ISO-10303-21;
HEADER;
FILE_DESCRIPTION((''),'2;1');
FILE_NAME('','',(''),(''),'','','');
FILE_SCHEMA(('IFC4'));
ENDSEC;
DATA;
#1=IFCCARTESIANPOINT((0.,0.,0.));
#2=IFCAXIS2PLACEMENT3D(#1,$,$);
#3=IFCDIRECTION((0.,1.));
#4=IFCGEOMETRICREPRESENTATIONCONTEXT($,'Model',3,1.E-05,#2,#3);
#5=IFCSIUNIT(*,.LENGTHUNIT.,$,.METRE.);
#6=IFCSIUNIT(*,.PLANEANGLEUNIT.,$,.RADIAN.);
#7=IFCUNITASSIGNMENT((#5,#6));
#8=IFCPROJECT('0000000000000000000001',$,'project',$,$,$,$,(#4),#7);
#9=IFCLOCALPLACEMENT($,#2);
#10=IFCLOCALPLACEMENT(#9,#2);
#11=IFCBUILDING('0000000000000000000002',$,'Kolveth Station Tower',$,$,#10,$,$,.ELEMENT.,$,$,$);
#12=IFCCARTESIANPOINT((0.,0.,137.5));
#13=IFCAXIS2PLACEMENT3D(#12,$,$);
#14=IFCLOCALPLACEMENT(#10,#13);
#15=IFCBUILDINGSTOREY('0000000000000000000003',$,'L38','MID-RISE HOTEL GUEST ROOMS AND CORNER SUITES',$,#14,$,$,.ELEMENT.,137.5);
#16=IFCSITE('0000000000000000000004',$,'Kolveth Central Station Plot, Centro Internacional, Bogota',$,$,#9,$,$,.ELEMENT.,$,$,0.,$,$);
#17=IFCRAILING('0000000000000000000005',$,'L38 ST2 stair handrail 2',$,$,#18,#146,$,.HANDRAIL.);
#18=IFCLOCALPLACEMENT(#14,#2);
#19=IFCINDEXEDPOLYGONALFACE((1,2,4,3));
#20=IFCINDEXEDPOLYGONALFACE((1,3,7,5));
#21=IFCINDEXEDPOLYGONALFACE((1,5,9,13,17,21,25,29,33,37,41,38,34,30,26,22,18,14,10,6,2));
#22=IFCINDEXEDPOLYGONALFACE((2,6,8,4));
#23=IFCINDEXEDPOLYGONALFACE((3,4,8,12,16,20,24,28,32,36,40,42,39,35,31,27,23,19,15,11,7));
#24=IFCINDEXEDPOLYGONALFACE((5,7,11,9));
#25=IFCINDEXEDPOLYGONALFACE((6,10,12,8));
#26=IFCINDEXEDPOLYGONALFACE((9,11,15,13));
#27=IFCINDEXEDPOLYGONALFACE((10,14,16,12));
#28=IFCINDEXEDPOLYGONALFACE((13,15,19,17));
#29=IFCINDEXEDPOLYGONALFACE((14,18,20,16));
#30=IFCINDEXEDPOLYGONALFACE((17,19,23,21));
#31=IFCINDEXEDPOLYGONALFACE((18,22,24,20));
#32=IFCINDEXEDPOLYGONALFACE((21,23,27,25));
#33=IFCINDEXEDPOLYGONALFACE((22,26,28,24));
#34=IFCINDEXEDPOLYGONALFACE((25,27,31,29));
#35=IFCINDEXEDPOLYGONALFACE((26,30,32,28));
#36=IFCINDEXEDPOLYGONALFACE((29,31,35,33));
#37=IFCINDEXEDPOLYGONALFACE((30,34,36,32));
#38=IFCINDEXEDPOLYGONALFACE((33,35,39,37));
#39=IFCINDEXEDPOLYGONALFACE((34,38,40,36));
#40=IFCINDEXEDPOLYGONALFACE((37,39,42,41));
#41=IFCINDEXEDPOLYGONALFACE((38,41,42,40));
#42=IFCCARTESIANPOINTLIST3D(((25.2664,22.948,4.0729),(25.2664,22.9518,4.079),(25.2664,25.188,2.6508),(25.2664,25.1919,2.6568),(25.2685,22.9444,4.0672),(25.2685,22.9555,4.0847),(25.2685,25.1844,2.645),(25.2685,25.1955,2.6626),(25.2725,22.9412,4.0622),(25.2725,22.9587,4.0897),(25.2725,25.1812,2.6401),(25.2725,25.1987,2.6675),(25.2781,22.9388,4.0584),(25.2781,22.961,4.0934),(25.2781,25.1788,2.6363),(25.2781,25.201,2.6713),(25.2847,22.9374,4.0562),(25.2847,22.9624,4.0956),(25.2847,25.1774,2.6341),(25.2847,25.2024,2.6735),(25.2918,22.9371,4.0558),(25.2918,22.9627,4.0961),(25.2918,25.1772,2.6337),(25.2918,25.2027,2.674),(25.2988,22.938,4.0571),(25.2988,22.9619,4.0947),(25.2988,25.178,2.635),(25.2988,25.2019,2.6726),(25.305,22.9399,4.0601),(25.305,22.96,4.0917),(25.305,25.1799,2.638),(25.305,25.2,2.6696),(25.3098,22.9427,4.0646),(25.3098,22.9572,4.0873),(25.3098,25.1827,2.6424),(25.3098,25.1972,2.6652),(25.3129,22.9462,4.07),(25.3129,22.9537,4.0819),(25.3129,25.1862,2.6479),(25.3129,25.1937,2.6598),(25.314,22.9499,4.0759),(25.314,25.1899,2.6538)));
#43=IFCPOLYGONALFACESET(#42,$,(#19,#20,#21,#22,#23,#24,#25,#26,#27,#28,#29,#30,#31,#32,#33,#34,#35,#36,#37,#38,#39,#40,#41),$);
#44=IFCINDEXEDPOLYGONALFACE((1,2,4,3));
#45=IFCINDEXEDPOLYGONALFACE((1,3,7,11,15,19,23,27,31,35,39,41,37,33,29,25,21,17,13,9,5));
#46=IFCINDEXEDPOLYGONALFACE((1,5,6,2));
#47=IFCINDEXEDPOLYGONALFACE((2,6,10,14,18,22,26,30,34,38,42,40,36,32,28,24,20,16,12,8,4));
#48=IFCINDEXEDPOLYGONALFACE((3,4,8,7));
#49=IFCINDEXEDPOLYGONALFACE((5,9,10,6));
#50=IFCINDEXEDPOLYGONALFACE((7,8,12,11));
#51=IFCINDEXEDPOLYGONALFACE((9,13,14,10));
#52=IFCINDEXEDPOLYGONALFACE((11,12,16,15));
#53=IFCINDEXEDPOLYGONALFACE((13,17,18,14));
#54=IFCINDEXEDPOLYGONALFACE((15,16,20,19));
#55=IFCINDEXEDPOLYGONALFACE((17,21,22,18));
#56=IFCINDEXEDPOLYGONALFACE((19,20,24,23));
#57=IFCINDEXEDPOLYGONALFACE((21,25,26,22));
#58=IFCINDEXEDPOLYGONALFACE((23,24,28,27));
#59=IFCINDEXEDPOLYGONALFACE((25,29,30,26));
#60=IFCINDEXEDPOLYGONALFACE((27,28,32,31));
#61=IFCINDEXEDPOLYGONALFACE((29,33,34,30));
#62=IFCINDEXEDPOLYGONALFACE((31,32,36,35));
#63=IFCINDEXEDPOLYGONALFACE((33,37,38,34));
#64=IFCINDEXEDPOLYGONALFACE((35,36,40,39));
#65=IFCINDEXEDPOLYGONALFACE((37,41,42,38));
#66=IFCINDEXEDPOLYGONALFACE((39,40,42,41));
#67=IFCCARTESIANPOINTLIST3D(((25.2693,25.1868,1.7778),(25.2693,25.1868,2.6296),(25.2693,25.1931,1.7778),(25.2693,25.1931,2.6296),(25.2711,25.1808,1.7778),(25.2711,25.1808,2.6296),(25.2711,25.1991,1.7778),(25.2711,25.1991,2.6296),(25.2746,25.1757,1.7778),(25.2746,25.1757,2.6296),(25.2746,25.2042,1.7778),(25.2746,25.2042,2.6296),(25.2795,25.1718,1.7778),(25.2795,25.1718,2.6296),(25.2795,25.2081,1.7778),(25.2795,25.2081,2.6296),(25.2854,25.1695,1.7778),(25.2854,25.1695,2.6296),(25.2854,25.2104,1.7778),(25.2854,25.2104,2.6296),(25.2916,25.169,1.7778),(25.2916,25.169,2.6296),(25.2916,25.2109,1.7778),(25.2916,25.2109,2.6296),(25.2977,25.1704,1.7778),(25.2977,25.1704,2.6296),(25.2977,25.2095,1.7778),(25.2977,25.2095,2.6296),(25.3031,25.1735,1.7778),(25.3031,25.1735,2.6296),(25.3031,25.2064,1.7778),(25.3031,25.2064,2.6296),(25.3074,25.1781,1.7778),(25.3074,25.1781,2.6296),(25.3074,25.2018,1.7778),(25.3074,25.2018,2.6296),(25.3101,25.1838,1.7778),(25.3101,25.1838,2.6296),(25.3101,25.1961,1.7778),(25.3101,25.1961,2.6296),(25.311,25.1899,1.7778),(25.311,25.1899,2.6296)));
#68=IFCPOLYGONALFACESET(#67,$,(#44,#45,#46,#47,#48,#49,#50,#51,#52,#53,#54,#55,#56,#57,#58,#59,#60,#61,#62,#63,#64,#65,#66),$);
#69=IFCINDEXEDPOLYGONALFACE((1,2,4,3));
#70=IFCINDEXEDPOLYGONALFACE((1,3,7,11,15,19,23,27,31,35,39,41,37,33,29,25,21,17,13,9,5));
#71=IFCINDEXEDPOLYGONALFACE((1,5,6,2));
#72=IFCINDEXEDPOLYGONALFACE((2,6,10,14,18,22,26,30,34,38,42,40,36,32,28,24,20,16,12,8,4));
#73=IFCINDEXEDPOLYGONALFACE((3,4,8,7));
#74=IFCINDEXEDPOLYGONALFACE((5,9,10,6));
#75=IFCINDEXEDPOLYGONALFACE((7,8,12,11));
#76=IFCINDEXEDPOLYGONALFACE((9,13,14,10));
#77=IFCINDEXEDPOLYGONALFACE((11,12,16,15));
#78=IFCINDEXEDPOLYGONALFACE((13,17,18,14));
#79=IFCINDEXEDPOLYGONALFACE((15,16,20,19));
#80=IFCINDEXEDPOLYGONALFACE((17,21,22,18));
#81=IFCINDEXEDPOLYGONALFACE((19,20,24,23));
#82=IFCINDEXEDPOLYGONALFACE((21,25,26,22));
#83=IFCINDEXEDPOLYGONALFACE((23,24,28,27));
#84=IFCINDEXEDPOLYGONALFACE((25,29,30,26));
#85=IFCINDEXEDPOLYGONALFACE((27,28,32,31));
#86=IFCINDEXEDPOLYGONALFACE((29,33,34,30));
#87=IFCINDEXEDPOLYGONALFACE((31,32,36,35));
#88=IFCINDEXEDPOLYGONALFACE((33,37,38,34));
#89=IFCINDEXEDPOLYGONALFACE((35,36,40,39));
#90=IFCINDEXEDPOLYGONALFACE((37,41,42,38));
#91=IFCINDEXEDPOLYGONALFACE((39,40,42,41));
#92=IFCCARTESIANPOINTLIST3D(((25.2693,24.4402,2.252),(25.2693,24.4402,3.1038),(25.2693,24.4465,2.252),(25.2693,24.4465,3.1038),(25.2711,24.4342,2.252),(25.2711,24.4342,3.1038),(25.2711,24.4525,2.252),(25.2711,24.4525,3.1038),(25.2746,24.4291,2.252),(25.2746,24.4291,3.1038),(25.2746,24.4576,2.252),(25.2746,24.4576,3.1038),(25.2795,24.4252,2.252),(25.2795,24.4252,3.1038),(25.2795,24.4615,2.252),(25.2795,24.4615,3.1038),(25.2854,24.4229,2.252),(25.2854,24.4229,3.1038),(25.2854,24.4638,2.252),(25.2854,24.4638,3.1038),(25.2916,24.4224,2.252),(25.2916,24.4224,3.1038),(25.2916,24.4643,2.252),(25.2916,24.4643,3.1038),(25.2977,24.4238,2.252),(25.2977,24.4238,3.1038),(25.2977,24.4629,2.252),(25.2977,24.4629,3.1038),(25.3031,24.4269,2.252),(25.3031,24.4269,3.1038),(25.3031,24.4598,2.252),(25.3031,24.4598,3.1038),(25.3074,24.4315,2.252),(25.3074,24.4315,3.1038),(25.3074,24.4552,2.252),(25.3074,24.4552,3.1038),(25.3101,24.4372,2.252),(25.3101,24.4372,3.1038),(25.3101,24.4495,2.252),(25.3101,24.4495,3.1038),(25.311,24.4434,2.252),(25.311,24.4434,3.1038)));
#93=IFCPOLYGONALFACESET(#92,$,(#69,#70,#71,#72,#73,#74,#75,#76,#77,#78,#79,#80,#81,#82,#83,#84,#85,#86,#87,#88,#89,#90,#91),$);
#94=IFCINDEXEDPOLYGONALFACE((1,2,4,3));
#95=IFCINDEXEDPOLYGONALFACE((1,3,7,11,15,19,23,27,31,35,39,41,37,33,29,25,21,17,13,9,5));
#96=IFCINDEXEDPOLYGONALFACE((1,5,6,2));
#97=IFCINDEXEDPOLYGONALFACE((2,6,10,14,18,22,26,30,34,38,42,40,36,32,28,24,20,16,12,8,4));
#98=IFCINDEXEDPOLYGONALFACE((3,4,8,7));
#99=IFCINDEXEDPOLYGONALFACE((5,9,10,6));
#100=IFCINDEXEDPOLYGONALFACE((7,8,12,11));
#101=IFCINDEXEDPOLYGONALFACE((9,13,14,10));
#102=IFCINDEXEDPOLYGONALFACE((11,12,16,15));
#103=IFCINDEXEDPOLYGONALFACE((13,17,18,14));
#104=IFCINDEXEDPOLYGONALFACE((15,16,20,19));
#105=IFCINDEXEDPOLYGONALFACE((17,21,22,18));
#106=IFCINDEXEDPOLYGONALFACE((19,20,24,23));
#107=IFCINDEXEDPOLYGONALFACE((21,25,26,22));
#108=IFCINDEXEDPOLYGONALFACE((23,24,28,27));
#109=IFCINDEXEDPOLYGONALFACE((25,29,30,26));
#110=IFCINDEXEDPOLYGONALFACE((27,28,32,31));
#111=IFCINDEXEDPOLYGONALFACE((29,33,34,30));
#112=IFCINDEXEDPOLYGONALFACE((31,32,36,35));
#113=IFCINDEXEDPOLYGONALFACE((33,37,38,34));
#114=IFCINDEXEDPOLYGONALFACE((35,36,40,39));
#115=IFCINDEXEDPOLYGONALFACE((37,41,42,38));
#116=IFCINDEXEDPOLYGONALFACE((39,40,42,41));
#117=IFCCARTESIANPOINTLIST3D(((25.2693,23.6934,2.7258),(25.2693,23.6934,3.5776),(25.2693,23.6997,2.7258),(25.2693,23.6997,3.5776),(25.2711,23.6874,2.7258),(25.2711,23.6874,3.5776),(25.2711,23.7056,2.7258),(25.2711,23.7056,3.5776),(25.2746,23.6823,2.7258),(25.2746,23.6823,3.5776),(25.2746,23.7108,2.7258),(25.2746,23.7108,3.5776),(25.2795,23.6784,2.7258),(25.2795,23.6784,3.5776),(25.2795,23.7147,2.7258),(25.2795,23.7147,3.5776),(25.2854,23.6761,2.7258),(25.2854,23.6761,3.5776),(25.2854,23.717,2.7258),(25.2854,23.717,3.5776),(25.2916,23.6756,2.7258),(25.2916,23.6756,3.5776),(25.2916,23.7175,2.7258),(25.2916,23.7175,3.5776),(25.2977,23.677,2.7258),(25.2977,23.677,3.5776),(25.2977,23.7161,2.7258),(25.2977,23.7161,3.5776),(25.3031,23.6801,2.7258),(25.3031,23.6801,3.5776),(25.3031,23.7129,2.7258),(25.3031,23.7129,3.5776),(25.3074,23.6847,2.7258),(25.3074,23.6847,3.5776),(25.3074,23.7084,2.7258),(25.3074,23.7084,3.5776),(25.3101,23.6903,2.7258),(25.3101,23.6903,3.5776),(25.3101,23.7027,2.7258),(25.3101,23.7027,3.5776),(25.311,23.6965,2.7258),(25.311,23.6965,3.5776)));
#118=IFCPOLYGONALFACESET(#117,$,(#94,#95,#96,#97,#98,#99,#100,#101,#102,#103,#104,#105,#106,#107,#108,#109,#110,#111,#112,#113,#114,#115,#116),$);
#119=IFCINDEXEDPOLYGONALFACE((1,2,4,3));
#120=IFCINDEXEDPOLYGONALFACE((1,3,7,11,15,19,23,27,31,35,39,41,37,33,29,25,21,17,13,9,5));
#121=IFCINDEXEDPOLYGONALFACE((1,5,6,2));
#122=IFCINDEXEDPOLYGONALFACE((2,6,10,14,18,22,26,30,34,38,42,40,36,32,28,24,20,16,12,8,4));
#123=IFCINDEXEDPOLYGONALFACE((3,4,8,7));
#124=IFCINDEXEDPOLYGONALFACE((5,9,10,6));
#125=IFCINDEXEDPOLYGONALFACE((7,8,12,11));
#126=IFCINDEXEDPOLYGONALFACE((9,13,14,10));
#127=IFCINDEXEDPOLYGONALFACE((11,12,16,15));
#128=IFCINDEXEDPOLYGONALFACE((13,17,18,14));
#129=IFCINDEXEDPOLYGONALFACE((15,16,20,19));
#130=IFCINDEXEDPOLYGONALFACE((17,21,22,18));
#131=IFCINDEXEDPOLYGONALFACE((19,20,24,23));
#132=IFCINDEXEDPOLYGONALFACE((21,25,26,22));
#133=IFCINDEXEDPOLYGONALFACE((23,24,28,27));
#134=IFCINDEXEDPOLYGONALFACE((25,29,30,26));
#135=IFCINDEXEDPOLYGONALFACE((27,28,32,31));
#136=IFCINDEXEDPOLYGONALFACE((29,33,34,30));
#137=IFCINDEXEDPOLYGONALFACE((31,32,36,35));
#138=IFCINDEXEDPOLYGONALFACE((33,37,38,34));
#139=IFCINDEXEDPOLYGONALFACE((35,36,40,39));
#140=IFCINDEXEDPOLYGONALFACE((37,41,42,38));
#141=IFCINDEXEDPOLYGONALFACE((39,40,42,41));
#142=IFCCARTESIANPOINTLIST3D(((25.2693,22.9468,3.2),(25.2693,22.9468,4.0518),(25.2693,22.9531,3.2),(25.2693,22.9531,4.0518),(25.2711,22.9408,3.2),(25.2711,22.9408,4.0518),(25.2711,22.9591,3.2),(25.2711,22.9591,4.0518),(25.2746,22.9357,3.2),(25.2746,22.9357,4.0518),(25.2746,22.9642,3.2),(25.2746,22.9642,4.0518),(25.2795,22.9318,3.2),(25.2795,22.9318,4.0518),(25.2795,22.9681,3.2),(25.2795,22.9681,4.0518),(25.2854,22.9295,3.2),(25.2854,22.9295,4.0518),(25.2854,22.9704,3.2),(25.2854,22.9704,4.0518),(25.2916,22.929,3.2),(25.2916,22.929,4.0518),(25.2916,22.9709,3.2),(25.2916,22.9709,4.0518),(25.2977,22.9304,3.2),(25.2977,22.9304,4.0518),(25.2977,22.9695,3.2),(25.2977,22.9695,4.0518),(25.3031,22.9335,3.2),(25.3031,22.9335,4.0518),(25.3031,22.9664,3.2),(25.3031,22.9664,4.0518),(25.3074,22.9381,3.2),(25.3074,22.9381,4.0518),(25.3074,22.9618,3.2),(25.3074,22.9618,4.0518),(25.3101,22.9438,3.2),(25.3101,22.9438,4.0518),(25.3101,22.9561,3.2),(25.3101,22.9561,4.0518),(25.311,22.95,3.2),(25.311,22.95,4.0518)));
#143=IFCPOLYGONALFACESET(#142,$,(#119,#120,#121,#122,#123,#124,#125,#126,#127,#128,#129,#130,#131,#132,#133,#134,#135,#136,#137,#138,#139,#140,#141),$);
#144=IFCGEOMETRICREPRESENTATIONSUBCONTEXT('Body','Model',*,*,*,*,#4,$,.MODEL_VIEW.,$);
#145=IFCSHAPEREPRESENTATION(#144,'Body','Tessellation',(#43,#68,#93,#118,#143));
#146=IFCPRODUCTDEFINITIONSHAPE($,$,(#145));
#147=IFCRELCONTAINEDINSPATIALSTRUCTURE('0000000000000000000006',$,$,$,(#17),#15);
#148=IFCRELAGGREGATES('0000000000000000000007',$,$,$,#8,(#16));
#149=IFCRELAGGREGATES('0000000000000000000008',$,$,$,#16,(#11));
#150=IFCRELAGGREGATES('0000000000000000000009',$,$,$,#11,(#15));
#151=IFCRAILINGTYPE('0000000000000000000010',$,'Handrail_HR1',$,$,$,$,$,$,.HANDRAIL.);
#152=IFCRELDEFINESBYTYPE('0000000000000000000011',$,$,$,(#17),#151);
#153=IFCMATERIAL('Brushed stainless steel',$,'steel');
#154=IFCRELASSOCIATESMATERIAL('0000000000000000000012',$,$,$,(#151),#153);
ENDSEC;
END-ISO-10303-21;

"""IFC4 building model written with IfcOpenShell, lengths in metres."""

from ifc_helpers import new_model, si_unit, direction, frame, origin, origin_2d, place, context, subcontext, project, spatial, circle, extrude, material, type_object, element, save


model = new_model("IFC4")

# Units and contexts
model_context = context("Model", 3, precision=1e-05, world=origin(), true_north=direction((0.0, 1.0)))
body_context = subcontext(model_context, "Body", "Model", "MODEL_VIEW")
ifc_project = project(units=[si_unit("LENGTHUNIT", "METRE"), si_unit("PLANEANGLEUNIT", "RADIAN")], contexts=[model_context])

# Site, building, storey
site_placement = place(None, origin())
site = spatial("IfcSite", under=ifc_project, at=site_placement, Name="Kolveth Central Station Plot, Centro Internacional, Bogota", CompositionType="ELEMENT", RefElevation=0.0)
building_placement = place(site_placement, origin())
building = spatial("IfcBuilding", under=site, at=building_placement, Name="Kolveth Station Tower", CompositionType="ELEMENT")
storey_placement = place(building_placement, frame((0.0, 0.0, 137.5)))
storey = spatial("IfcBuildingStorey", under=building, at=storey_placement, Name="L38", Description="MID-RISE HOTEL GUEST ROOMS AND CORNER SUITES", CompositionType="ELEMENT", Elevation=137.5)

# Railing
ifc_material_1 = material(Name="Brushed stainless steel", Category="steel")
railing_type_1 = type_object("IfcRailingType", Name="Handrail_HR1", PredefinedType="HANDRAIL", material=ifc_material_1)
railing_1_placement = place(storey_placement, frame((25.29, 25.1899, 1.7778)))
element("IfcRailing", 1, at=railing_1_placement, inside=storey, type_object=railing_type_1, Name="L38 ST2 stair handrail 2", PredefinedType="HANDRAIL", context=body_context, shape_type="SweptSolid", body=[
    extrude(circle(Radius=0.0239, at=origin_2d()), frame((0.0, 0.0, 0.876), z_axis=(0.0, -0.844229, 0.535982), x_axis=(1.0, 0.0, 0.0)), (0.0, 0.0, 1.0), 2.6533),
    extrude(circle(Radius=0.021, at=origin_2d()), origin(), (0.0, 0.0, 1.0), 0.8518),
    extrude(circle(Radius=0.021, at=origin_2d()), frame((0.0, -0.7466, 0.4741)), (0.0, 0.0, 1.0), 0.8518),
    extrude(circle(Radius=0.021, at=origin_2d()), frame((0.0, -1.4934, 0.948)), (0.0, 0.0, 1.0), 0.8518),
    extrude(circle(Radius=0.021, at=origin_2d()), frame((0.0, -2.24, 1.4221)), (0.0, 0.0, 1.0), 0.8518),
])

save(model, "model.ifc")
